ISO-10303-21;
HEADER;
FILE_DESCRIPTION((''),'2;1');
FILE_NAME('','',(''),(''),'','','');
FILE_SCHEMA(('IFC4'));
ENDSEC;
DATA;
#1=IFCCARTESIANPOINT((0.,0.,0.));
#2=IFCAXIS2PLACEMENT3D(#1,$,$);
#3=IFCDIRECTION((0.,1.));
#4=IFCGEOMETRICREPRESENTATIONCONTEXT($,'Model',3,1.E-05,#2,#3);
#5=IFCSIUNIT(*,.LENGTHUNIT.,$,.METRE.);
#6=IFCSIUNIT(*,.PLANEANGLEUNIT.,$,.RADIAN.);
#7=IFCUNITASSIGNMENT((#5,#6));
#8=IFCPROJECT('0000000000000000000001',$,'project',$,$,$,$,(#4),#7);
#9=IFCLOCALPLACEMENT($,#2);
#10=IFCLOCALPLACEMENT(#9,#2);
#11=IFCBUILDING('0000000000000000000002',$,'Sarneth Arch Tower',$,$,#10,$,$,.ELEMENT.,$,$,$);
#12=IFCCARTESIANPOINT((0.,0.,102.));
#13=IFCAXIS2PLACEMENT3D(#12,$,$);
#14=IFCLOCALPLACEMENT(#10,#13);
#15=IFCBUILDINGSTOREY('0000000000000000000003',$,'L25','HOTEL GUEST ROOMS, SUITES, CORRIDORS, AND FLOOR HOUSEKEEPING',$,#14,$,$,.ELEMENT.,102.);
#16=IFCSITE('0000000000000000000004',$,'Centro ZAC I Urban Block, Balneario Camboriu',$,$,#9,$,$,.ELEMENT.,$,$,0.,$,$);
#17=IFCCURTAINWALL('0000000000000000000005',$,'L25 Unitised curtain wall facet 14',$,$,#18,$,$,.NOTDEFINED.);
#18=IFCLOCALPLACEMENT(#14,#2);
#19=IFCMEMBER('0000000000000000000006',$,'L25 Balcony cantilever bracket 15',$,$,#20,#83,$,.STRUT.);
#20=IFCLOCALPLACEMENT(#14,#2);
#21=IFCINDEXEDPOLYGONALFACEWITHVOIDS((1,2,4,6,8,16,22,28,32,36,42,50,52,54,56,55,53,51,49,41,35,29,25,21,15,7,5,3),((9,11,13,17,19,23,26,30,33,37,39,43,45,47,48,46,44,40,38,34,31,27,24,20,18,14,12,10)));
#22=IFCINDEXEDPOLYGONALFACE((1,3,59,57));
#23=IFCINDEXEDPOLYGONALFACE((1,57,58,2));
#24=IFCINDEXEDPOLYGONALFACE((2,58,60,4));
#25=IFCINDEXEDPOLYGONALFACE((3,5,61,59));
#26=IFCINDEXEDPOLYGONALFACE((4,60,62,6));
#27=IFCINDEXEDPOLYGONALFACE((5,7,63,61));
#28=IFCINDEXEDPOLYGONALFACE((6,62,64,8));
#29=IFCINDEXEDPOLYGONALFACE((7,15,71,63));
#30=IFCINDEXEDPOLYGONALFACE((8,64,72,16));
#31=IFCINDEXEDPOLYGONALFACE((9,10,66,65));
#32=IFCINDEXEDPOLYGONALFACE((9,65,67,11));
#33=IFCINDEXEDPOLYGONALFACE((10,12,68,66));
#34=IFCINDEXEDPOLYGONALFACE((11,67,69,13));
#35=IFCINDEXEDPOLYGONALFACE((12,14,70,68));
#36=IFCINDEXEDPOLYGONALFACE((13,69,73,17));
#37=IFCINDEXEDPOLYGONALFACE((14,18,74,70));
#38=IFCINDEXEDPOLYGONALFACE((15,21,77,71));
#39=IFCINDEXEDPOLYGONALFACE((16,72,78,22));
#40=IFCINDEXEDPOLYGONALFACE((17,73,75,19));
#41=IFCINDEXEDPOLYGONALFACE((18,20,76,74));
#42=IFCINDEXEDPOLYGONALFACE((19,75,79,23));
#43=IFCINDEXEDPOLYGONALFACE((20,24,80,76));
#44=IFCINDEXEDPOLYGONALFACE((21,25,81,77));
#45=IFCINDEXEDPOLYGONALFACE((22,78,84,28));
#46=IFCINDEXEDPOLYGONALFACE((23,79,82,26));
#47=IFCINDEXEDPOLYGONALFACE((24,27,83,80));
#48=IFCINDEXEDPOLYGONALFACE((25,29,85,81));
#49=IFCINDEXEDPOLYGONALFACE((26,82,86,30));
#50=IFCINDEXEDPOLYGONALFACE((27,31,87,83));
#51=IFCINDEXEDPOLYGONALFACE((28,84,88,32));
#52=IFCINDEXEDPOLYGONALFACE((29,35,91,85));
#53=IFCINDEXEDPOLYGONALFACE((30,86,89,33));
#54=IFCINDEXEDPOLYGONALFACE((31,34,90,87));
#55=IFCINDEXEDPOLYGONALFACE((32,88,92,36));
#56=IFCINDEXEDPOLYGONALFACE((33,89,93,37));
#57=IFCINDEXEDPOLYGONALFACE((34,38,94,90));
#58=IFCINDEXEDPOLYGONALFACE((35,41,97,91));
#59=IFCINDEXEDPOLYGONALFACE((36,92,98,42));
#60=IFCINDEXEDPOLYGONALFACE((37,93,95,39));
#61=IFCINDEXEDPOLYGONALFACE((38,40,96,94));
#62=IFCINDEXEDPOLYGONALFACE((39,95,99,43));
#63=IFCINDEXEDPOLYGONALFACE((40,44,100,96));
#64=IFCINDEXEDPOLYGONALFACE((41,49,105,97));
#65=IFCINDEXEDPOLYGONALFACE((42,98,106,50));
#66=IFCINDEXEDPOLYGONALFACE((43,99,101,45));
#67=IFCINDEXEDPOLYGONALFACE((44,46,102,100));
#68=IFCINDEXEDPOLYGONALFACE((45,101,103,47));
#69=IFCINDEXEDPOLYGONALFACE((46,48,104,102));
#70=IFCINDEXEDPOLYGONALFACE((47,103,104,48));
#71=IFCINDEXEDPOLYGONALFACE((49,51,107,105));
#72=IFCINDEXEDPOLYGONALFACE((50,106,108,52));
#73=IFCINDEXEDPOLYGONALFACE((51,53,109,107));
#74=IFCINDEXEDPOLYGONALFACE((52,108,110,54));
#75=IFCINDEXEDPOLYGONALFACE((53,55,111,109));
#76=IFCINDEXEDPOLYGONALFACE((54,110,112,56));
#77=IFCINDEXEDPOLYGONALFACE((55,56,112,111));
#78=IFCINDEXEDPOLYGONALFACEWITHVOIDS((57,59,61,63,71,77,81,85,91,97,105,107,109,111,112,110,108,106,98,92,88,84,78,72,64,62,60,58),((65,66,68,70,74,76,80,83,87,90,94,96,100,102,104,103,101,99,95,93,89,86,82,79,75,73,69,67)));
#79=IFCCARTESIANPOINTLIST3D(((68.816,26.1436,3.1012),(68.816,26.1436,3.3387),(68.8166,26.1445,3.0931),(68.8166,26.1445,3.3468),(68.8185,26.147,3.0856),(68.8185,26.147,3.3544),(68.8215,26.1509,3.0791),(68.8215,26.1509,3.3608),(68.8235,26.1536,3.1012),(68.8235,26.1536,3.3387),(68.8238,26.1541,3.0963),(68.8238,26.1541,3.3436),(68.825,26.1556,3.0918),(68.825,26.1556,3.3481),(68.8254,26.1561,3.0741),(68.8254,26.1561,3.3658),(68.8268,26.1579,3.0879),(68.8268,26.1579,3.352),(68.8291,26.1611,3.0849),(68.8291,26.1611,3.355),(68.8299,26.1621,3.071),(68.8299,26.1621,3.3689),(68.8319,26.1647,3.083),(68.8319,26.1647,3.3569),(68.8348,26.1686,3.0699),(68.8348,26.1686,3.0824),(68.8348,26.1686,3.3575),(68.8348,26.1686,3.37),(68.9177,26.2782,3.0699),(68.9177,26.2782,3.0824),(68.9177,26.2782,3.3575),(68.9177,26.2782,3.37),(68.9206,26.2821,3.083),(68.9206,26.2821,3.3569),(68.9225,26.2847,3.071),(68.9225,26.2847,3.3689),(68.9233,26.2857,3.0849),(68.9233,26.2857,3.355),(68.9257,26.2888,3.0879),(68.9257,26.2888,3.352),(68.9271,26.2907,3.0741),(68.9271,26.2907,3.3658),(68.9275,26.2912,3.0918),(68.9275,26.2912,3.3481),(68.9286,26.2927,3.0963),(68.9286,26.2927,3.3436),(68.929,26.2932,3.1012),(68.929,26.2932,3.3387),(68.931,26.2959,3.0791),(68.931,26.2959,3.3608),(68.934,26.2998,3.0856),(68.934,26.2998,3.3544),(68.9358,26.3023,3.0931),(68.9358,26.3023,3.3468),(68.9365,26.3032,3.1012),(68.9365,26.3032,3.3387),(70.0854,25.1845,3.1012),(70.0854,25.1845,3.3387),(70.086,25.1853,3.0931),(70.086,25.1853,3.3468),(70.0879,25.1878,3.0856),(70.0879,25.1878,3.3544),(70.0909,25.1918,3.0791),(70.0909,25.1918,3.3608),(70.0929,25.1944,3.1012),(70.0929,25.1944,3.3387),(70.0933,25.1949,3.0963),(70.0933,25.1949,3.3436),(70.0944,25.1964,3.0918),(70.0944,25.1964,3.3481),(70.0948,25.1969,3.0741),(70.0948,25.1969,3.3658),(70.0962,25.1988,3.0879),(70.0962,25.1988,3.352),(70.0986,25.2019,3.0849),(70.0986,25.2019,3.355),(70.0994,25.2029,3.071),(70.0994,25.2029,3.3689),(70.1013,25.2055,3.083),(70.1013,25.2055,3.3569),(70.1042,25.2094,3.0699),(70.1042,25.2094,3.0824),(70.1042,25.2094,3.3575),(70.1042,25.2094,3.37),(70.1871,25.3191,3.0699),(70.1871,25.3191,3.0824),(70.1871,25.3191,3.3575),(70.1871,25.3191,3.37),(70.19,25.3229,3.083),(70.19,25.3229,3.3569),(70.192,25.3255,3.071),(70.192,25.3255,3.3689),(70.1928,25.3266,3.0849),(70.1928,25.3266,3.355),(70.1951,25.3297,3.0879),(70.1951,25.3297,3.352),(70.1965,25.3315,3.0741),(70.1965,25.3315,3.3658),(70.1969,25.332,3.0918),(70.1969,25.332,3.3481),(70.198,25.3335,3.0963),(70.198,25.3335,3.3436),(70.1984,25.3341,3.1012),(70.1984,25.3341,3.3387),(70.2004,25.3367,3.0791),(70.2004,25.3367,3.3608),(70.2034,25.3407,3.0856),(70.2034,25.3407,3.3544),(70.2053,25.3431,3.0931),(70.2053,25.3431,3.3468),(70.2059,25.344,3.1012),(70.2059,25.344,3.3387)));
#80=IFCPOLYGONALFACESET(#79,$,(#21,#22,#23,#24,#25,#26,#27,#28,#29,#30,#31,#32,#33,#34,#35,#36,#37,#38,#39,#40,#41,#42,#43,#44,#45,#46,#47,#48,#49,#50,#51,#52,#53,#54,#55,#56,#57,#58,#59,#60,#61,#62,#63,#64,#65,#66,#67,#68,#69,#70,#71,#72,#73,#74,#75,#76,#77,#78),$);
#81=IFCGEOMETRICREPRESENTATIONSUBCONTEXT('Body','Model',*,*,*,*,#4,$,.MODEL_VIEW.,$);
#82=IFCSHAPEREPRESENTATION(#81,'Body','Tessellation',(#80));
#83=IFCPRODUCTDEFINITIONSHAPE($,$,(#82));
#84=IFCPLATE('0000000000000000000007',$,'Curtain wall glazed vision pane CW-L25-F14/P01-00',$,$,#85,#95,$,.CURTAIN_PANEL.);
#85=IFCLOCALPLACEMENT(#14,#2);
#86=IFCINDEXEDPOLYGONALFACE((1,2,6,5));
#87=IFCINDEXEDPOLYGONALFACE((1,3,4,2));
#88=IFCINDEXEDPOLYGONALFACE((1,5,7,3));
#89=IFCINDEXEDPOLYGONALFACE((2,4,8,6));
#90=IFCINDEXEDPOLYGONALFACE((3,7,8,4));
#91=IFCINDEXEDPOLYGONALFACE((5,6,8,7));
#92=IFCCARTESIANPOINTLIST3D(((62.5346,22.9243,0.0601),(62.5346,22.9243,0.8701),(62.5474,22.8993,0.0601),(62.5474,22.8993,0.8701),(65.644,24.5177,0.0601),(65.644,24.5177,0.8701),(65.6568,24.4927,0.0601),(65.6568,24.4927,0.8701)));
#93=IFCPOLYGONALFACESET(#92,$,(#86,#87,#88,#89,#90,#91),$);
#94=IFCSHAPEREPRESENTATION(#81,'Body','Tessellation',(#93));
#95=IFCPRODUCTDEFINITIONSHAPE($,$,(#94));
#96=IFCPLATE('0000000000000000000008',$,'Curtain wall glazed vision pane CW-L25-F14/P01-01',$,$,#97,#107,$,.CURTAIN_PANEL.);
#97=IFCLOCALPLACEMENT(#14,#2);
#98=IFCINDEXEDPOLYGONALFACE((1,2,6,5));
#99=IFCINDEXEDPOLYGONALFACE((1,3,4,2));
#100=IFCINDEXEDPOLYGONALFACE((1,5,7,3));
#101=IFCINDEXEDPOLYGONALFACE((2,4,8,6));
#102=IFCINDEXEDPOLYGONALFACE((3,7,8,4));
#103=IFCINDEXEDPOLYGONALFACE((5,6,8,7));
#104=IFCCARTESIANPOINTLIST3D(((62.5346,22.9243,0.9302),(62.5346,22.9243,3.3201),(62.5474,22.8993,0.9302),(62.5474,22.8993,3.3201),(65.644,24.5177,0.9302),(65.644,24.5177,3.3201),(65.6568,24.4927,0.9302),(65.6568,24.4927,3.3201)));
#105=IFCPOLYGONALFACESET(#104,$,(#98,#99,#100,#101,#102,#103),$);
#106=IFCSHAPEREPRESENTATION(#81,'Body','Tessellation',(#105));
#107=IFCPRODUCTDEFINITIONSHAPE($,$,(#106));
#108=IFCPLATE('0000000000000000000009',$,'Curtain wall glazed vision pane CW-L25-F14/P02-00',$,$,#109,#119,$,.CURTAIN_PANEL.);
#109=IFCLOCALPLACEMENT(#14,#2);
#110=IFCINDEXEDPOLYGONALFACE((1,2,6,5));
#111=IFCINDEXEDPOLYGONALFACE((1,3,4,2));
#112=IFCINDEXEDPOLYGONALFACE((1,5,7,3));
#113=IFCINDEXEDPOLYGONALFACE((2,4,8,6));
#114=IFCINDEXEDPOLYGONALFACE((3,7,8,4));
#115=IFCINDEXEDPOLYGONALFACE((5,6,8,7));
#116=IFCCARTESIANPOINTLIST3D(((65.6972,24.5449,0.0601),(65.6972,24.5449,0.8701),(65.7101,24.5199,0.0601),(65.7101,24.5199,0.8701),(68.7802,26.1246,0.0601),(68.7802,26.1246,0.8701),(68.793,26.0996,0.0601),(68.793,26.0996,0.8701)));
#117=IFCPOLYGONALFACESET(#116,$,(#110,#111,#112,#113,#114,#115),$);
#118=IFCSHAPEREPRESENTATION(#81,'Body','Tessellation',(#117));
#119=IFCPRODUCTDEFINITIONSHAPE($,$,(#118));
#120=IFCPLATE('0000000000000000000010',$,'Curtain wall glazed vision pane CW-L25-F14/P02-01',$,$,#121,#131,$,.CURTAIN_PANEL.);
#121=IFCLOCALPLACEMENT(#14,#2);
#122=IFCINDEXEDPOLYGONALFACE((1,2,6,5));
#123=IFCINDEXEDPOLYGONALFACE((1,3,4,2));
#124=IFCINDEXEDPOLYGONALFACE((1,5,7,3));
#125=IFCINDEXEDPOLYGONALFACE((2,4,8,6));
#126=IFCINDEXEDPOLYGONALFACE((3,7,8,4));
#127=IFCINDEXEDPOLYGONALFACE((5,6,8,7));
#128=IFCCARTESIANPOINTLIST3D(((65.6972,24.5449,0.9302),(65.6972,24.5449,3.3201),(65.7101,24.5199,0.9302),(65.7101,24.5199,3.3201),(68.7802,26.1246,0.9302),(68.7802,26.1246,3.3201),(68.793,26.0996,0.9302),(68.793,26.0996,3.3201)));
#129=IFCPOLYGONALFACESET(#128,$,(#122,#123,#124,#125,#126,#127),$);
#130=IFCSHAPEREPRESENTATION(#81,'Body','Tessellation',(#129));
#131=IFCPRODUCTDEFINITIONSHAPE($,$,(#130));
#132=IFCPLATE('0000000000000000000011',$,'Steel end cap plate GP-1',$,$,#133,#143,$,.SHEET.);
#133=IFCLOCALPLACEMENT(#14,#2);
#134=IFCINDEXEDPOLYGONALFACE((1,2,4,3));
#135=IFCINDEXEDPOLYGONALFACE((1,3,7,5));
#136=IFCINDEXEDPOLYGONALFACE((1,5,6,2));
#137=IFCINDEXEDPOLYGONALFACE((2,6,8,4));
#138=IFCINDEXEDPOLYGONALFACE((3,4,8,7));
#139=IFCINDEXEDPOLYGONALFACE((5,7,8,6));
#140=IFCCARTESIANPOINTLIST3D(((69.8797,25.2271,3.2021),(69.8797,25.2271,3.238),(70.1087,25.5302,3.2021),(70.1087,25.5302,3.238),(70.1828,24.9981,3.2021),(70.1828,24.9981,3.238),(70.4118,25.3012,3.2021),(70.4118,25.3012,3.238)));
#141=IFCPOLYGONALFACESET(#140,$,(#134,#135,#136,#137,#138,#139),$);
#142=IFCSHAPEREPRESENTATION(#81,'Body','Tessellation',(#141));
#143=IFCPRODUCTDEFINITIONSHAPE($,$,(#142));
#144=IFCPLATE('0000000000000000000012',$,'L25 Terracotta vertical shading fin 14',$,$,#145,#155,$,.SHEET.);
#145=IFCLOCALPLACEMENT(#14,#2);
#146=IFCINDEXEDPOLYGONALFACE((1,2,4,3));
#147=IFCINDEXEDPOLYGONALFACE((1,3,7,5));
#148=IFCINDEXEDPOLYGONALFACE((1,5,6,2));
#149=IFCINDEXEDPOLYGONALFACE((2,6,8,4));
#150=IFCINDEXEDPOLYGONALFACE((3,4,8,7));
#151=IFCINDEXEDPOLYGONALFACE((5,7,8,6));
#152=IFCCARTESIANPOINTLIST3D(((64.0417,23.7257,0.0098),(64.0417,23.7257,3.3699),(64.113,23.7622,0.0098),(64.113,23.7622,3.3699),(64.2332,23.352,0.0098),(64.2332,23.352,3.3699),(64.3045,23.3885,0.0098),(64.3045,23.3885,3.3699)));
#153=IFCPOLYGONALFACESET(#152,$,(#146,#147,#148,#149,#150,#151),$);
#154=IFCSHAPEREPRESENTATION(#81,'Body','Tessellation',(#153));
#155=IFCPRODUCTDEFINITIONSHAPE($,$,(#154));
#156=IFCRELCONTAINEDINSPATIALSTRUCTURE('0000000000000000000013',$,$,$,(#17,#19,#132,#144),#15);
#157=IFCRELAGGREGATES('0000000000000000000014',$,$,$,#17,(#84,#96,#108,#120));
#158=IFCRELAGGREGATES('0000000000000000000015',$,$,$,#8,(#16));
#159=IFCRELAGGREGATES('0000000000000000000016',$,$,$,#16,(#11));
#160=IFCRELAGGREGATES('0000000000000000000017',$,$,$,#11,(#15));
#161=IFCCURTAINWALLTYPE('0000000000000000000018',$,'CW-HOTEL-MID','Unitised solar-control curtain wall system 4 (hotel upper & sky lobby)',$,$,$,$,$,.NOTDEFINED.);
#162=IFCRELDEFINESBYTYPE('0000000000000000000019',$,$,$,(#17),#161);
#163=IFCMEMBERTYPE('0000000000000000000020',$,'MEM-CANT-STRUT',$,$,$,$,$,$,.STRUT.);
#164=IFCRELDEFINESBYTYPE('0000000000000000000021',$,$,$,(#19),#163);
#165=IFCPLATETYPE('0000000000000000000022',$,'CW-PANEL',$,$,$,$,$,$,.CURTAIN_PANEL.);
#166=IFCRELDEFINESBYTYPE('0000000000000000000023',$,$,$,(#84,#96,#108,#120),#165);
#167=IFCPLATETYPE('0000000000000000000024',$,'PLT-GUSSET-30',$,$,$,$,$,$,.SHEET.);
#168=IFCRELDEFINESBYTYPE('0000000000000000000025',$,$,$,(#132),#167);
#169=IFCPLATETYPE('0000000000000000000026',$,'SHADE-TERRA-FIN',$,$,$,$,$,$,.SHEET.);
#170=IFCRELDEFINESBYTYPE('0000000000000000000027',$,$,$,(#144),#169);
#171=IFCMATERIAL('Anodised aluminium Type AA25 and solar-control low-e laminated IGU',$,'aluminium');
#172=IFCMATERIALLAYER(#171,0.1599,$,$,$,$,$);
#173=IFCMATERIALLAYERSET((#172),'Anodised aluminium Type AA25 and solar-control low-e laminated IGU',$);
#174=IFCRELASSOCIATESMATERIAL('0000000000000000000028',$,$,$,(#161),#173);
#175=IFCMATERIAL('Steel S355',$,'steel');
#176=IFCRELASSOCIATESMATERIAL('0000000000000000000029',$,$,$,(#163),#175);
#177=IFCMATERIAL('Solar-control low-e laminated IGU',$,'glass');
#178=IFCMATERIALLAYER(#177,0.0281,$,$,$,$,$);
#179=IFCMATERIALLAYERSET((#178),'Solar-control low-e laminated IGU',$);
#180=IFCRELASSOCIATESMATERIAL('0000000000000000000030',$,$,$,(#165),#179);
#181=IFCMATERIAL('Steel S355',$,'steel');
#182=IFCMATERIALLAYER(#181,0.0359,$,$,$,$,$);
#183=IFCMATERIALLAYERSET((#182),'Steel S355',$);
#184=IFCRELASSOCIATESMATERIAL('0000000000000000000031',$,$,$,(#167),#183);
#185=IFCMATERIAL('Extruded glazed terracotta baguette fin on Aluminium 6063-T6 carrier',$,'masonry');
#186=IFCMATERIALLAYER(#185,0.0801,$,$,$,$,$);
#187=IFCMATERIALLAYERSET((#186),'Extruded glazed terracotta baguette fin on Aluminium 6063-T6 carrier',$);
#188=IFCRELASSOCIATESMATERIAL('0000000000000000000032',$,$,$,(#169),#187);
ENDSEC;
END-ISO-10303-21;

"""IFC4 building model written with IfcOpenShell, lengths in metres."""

from ifc_helpers import new_model, si_unit, direction, frame, origin, origin_2d, place, context, subcontext, project, spatial, rectangle, hollow_rectangle, extrude, material, layer, layer_set, material_profile, profile_set, type_object, element, aggregate, save


model = new_model("IFC4")

# Units and contexts
model_context = context("Model", 3, precision=1e-05, world=origin(), true_north=direction((0.0, 1.0)))
body_context = subcontext(model_context, "Body", "Model", "MODEL_VIEW")
ifc_project = project(units=[si_unit("LENGTHUNIT", "METRE"), si_unit("PLANEANGLEUNIT", "RADIAN")], contexts=[model_context])

# Site, building, storey
site_placement = place(None, origin())
site = spatial("IfcSite", under=ifc_project, at=site_placement, Name="Centro ZAC I Urban Block, Balneario Camboriu", CompositionType="ELEMENT", RefElevation=0.0)
building_placement = place(site_placement, origin())
building = spatial("IfcBuilding", under=site, at=building_placement, Name="Sarneth Arch Tower", CompositionType="ELEMENT")
storey_placement = place(building_placement, frame((0.0, 0.0, 102.0)))
storey = spatial("IfcBuildingStorey", under=building, at=storey_placement, Name="L25", Description="HOTEL GUEST ROOMS, SUITES, CORRIDORS, AND FLOOR HOUSEKEEPING", CompositionType="ELEMENT", Elevation=102.0)

# Curtain wall
ifc_material_1 = material(Name="Anodised aluminium Type AA25 and solar-control low-e laminated IGU", Category="aluminium")
ifc_layer_1 = layer(ifc_material_1, 0.1599)
ifc_layer_set_1 = layer_set([ifc_layer_1], Name="Anodised aluminium Type AA25 and solar-control low-e laminated IGU")
curtain_wall_type = type_object("IfcCurtainWallType", Name="CW-HOTEL-MID", Description="Unitised solar-control curtain wall system 4 (hotel upper & sky lobby)", PredefinedType="NOTDEFINED", material=ifc_layer_set_1)
curtain_wall_placement = place(storey_placement, origin())
curtain_wall = element("IfcCurtainWall", 1, at=curtain_wall_placement, inside=storey, type_object=curtain_wall_type, Name="L25 Unitised curtain wall facet 14", PredefinedType="NOTDEFINED")

# Member
ifc_material_2 = material(Name="Steel S355", Category="steel")
ifc_material_profile_1 = material_profile(ifc_material_2, hollow_rectangle(XDim=0.2, YDim=0.3, WallThickness=0.0125, InnerFilletRadius=0.0188, OuterFilletRadius=0.0312, at=origin_2d()), Name="RHS300x200x12.5")
ifc_profile_set_1 = profile_set([ifc_material_profile_1], Name="Steel S355")
member_type_1 = type_object("IfcMemberType", Name="MEM-CANT-STRUT", PredefinedType="STRUT", material=ifc_profile_set_1)
member_1_placement = place(storey_placement, frame((68.8762, 26.2234, 3.22), z_axis=(0.797859, -0.602844, 0.0), x_axis=(0.602844, 0.797859, 0.0)))
element("IfcMember", 2, at=member_1_placement, inside=storey, type_object=member_type_1, Name="L25 Balcony cantilever bracket 15", PredefinedType="STRUT", context=body_context, shape_type="SweptSolid", body=[
    extrude(hollow_rectangle(XDim=0.2, YDim=0.3, WallThickness=0.0125, InnerFilletRadius=0.0188, OuterFilletRadius=0.0312, at=origin_2d()), origin(), (0.0, 0.0, 1.0), 1.5911),
])

# Plates
ifc_material_3 = material(Name="Solar-control low-e laminated IGU", Category="glass")
ifc_layer_2 = layer(ifc_material_3, 0.0281)
ifc_layer_set_2 = layer_set([ifc_layer_2], Name="Solar-control low-e laminated IGU")
plate_type_1 = type_object("IfcPlateType", Name="CW-PANEL", PredefinedType="CURTAIN_PANEL", material=ifc_layer_set_2)
plate_1_placement = place(storey_placement, frame((64.0957, 23.7085, 0.0601), z_axis=(0.0, 0.0, 1.0), x_axis=(0.889964, 0.456031, 0.0)))
plate_1 = element("IfcPlate", 3, at=plate_1_placement, type_object=plate_type_1, Name="Curtain wall glazed vision pane CW-L25-F14/P01-00", PredefinedType="CURTAIN_PANEL", context=body_context, shape_type="SweptSolid", body=[
    extrude(rectangle(XDim=3.4939, YDim=0.0281, at=origin_2d()), origin(), (0.0, 0.0, 1.0), 0.8101),
])
plate_2_placement = place(storey_placement, frame((64.0957, 23.7085, 0.9302), z_axis=(0.0, 0.0, 1.0), x_axis=(0.889964, 0.456031, 0.0)))
plate_2 = element("IfcPlate", 4, at=plate_2_placement, type_object=plate_type_1, Name="Curtain wall glazed vision pane CW-L25-F14/P01-01", PredefinedType="CURTAIN_PANEL", context=body_context, shape_type="SweptSolid", body=[
    extrude(rectangle(XDim=3.4939, YDim=0.0281, at=origin_2d()), origin(), (0.0, 0.0, 1.0), 2.3899),
])
plate_3_placement = place(storey_placement, frame((67.2451, 25.3223, 0.0601), z_axis=(0.0, 0.0, 1.0), x_axis=(0.889964, 0.456031, 0.0)))
plate_3 = element("IfcPlate", 5, at=plate_3_placement, type_object=plate_type_1, Name="Curtain wall glazed vision pane CW-L25-F14/P02-00", PredefinedType="CURTAIN_PANEL", context=body_context, shape_type="SweptSolid", body=[
    extrude(rectangle(XDim=3.4641, YDim=0.0281, at=origin_2d()), origin(), (0.0, 0.0, 1.0), 0.8101),
])
plate_4_placement = place(storey_placement, frame((67.2451, 25.3223, 0.9302), z_axis=(0.0, 0.0, 1.0), x_axis=(0.889964, 0.456031, 0.0)))
plate_4 = element("IfcPlate", 6, at=plate_4_placement, type_object=plate_type_1, Name="Curtain wall glazed vision pane CW-L25-F14/P02-01", PredefinedType="CURTAIN_PANEL", context=body_context, shape_type="SweptSolid", body=[
    extrude(rectangle(XDim=3.4641, YDim=0.0281, at=origin_2d()), origin(), (0.0, 0.0, 1.0), 2.3899),
])
aggregate(curtain_wall, [plate_1, plate_2, plate_3, plate_4])

# Plates
ifc_material_4 = material(Name="Steel S355", Category="steel")
ifc_layer_3 = layer(ifc_material_4, 0.0359)
ifc_layer_set_3 = layer_set([ifc_layer_3], Name="Steel S355")
plate_type_2 = type_object("IfcPlateType", Name="PLT-GUSSET-30", PredefinedType="SHEET", material=ifc_layer_set_3)
plate_5_placement = place(storey_placement, frame((70.1458, 25.2642, 3.2021), z_axis=(0.0, 0.0, 1.0), x_axis=(0.797794, -0.60293, 0.0)))
element("IfcPlate", 7, at=plate_5_placement, inside=storey, type_object=plate_type_2, Name="Steel end cap plate GP-1", PredefinedType="SHEET", context=body_context, shape_type="SweptSolid", body=[
    extrude(rectangle(XDim=0.3799, YDim=0.3799, at=origin_2d()), origin(), (0.0, 0.0, 1.0), 0.0359),
])
ifc_material_5 = material(Name="Extruded glazed terracotta baguette fin on Aluminium 6063-T6 carrier", Category="masonry")
ifc_layer_4 = layer(ifc_material_5, 0.0801)
ifc_layer_set_4 = layer_set([ifc_layer_4], Name="Extruded glazed terracotta baguette fin on Aluminium 6063-T6 carrier")
plate_type_3 = type_object("IfcPlateType", Name="SHADE-TERRA-FIN", PredefinedType="SHEET", material=ifc_layer_set_4)
plate_6_placement = place(storey_placement, frame((64.1731, 23.5571, 0.0098), z_axis=(0.0, 0.0, 1.0), x_axis=(0.456011, -0.889974, 0.0)))
element("IfcPlate", 8, at=plate_6_placement, inside=storey, type_object=plate_type_3, Name="L25 Terracotta vertical shading fin 14", PredefinedType="SHEET", context=body_context, shape_type="SweptSolid", body=[
    extrude(rectangle(XDim=0.4199, YDim=0.0801, at=origin_2d()), origin(), (0.0, 0.0, 1.0), 3.3601),
])

save(model, "model.ifc")
